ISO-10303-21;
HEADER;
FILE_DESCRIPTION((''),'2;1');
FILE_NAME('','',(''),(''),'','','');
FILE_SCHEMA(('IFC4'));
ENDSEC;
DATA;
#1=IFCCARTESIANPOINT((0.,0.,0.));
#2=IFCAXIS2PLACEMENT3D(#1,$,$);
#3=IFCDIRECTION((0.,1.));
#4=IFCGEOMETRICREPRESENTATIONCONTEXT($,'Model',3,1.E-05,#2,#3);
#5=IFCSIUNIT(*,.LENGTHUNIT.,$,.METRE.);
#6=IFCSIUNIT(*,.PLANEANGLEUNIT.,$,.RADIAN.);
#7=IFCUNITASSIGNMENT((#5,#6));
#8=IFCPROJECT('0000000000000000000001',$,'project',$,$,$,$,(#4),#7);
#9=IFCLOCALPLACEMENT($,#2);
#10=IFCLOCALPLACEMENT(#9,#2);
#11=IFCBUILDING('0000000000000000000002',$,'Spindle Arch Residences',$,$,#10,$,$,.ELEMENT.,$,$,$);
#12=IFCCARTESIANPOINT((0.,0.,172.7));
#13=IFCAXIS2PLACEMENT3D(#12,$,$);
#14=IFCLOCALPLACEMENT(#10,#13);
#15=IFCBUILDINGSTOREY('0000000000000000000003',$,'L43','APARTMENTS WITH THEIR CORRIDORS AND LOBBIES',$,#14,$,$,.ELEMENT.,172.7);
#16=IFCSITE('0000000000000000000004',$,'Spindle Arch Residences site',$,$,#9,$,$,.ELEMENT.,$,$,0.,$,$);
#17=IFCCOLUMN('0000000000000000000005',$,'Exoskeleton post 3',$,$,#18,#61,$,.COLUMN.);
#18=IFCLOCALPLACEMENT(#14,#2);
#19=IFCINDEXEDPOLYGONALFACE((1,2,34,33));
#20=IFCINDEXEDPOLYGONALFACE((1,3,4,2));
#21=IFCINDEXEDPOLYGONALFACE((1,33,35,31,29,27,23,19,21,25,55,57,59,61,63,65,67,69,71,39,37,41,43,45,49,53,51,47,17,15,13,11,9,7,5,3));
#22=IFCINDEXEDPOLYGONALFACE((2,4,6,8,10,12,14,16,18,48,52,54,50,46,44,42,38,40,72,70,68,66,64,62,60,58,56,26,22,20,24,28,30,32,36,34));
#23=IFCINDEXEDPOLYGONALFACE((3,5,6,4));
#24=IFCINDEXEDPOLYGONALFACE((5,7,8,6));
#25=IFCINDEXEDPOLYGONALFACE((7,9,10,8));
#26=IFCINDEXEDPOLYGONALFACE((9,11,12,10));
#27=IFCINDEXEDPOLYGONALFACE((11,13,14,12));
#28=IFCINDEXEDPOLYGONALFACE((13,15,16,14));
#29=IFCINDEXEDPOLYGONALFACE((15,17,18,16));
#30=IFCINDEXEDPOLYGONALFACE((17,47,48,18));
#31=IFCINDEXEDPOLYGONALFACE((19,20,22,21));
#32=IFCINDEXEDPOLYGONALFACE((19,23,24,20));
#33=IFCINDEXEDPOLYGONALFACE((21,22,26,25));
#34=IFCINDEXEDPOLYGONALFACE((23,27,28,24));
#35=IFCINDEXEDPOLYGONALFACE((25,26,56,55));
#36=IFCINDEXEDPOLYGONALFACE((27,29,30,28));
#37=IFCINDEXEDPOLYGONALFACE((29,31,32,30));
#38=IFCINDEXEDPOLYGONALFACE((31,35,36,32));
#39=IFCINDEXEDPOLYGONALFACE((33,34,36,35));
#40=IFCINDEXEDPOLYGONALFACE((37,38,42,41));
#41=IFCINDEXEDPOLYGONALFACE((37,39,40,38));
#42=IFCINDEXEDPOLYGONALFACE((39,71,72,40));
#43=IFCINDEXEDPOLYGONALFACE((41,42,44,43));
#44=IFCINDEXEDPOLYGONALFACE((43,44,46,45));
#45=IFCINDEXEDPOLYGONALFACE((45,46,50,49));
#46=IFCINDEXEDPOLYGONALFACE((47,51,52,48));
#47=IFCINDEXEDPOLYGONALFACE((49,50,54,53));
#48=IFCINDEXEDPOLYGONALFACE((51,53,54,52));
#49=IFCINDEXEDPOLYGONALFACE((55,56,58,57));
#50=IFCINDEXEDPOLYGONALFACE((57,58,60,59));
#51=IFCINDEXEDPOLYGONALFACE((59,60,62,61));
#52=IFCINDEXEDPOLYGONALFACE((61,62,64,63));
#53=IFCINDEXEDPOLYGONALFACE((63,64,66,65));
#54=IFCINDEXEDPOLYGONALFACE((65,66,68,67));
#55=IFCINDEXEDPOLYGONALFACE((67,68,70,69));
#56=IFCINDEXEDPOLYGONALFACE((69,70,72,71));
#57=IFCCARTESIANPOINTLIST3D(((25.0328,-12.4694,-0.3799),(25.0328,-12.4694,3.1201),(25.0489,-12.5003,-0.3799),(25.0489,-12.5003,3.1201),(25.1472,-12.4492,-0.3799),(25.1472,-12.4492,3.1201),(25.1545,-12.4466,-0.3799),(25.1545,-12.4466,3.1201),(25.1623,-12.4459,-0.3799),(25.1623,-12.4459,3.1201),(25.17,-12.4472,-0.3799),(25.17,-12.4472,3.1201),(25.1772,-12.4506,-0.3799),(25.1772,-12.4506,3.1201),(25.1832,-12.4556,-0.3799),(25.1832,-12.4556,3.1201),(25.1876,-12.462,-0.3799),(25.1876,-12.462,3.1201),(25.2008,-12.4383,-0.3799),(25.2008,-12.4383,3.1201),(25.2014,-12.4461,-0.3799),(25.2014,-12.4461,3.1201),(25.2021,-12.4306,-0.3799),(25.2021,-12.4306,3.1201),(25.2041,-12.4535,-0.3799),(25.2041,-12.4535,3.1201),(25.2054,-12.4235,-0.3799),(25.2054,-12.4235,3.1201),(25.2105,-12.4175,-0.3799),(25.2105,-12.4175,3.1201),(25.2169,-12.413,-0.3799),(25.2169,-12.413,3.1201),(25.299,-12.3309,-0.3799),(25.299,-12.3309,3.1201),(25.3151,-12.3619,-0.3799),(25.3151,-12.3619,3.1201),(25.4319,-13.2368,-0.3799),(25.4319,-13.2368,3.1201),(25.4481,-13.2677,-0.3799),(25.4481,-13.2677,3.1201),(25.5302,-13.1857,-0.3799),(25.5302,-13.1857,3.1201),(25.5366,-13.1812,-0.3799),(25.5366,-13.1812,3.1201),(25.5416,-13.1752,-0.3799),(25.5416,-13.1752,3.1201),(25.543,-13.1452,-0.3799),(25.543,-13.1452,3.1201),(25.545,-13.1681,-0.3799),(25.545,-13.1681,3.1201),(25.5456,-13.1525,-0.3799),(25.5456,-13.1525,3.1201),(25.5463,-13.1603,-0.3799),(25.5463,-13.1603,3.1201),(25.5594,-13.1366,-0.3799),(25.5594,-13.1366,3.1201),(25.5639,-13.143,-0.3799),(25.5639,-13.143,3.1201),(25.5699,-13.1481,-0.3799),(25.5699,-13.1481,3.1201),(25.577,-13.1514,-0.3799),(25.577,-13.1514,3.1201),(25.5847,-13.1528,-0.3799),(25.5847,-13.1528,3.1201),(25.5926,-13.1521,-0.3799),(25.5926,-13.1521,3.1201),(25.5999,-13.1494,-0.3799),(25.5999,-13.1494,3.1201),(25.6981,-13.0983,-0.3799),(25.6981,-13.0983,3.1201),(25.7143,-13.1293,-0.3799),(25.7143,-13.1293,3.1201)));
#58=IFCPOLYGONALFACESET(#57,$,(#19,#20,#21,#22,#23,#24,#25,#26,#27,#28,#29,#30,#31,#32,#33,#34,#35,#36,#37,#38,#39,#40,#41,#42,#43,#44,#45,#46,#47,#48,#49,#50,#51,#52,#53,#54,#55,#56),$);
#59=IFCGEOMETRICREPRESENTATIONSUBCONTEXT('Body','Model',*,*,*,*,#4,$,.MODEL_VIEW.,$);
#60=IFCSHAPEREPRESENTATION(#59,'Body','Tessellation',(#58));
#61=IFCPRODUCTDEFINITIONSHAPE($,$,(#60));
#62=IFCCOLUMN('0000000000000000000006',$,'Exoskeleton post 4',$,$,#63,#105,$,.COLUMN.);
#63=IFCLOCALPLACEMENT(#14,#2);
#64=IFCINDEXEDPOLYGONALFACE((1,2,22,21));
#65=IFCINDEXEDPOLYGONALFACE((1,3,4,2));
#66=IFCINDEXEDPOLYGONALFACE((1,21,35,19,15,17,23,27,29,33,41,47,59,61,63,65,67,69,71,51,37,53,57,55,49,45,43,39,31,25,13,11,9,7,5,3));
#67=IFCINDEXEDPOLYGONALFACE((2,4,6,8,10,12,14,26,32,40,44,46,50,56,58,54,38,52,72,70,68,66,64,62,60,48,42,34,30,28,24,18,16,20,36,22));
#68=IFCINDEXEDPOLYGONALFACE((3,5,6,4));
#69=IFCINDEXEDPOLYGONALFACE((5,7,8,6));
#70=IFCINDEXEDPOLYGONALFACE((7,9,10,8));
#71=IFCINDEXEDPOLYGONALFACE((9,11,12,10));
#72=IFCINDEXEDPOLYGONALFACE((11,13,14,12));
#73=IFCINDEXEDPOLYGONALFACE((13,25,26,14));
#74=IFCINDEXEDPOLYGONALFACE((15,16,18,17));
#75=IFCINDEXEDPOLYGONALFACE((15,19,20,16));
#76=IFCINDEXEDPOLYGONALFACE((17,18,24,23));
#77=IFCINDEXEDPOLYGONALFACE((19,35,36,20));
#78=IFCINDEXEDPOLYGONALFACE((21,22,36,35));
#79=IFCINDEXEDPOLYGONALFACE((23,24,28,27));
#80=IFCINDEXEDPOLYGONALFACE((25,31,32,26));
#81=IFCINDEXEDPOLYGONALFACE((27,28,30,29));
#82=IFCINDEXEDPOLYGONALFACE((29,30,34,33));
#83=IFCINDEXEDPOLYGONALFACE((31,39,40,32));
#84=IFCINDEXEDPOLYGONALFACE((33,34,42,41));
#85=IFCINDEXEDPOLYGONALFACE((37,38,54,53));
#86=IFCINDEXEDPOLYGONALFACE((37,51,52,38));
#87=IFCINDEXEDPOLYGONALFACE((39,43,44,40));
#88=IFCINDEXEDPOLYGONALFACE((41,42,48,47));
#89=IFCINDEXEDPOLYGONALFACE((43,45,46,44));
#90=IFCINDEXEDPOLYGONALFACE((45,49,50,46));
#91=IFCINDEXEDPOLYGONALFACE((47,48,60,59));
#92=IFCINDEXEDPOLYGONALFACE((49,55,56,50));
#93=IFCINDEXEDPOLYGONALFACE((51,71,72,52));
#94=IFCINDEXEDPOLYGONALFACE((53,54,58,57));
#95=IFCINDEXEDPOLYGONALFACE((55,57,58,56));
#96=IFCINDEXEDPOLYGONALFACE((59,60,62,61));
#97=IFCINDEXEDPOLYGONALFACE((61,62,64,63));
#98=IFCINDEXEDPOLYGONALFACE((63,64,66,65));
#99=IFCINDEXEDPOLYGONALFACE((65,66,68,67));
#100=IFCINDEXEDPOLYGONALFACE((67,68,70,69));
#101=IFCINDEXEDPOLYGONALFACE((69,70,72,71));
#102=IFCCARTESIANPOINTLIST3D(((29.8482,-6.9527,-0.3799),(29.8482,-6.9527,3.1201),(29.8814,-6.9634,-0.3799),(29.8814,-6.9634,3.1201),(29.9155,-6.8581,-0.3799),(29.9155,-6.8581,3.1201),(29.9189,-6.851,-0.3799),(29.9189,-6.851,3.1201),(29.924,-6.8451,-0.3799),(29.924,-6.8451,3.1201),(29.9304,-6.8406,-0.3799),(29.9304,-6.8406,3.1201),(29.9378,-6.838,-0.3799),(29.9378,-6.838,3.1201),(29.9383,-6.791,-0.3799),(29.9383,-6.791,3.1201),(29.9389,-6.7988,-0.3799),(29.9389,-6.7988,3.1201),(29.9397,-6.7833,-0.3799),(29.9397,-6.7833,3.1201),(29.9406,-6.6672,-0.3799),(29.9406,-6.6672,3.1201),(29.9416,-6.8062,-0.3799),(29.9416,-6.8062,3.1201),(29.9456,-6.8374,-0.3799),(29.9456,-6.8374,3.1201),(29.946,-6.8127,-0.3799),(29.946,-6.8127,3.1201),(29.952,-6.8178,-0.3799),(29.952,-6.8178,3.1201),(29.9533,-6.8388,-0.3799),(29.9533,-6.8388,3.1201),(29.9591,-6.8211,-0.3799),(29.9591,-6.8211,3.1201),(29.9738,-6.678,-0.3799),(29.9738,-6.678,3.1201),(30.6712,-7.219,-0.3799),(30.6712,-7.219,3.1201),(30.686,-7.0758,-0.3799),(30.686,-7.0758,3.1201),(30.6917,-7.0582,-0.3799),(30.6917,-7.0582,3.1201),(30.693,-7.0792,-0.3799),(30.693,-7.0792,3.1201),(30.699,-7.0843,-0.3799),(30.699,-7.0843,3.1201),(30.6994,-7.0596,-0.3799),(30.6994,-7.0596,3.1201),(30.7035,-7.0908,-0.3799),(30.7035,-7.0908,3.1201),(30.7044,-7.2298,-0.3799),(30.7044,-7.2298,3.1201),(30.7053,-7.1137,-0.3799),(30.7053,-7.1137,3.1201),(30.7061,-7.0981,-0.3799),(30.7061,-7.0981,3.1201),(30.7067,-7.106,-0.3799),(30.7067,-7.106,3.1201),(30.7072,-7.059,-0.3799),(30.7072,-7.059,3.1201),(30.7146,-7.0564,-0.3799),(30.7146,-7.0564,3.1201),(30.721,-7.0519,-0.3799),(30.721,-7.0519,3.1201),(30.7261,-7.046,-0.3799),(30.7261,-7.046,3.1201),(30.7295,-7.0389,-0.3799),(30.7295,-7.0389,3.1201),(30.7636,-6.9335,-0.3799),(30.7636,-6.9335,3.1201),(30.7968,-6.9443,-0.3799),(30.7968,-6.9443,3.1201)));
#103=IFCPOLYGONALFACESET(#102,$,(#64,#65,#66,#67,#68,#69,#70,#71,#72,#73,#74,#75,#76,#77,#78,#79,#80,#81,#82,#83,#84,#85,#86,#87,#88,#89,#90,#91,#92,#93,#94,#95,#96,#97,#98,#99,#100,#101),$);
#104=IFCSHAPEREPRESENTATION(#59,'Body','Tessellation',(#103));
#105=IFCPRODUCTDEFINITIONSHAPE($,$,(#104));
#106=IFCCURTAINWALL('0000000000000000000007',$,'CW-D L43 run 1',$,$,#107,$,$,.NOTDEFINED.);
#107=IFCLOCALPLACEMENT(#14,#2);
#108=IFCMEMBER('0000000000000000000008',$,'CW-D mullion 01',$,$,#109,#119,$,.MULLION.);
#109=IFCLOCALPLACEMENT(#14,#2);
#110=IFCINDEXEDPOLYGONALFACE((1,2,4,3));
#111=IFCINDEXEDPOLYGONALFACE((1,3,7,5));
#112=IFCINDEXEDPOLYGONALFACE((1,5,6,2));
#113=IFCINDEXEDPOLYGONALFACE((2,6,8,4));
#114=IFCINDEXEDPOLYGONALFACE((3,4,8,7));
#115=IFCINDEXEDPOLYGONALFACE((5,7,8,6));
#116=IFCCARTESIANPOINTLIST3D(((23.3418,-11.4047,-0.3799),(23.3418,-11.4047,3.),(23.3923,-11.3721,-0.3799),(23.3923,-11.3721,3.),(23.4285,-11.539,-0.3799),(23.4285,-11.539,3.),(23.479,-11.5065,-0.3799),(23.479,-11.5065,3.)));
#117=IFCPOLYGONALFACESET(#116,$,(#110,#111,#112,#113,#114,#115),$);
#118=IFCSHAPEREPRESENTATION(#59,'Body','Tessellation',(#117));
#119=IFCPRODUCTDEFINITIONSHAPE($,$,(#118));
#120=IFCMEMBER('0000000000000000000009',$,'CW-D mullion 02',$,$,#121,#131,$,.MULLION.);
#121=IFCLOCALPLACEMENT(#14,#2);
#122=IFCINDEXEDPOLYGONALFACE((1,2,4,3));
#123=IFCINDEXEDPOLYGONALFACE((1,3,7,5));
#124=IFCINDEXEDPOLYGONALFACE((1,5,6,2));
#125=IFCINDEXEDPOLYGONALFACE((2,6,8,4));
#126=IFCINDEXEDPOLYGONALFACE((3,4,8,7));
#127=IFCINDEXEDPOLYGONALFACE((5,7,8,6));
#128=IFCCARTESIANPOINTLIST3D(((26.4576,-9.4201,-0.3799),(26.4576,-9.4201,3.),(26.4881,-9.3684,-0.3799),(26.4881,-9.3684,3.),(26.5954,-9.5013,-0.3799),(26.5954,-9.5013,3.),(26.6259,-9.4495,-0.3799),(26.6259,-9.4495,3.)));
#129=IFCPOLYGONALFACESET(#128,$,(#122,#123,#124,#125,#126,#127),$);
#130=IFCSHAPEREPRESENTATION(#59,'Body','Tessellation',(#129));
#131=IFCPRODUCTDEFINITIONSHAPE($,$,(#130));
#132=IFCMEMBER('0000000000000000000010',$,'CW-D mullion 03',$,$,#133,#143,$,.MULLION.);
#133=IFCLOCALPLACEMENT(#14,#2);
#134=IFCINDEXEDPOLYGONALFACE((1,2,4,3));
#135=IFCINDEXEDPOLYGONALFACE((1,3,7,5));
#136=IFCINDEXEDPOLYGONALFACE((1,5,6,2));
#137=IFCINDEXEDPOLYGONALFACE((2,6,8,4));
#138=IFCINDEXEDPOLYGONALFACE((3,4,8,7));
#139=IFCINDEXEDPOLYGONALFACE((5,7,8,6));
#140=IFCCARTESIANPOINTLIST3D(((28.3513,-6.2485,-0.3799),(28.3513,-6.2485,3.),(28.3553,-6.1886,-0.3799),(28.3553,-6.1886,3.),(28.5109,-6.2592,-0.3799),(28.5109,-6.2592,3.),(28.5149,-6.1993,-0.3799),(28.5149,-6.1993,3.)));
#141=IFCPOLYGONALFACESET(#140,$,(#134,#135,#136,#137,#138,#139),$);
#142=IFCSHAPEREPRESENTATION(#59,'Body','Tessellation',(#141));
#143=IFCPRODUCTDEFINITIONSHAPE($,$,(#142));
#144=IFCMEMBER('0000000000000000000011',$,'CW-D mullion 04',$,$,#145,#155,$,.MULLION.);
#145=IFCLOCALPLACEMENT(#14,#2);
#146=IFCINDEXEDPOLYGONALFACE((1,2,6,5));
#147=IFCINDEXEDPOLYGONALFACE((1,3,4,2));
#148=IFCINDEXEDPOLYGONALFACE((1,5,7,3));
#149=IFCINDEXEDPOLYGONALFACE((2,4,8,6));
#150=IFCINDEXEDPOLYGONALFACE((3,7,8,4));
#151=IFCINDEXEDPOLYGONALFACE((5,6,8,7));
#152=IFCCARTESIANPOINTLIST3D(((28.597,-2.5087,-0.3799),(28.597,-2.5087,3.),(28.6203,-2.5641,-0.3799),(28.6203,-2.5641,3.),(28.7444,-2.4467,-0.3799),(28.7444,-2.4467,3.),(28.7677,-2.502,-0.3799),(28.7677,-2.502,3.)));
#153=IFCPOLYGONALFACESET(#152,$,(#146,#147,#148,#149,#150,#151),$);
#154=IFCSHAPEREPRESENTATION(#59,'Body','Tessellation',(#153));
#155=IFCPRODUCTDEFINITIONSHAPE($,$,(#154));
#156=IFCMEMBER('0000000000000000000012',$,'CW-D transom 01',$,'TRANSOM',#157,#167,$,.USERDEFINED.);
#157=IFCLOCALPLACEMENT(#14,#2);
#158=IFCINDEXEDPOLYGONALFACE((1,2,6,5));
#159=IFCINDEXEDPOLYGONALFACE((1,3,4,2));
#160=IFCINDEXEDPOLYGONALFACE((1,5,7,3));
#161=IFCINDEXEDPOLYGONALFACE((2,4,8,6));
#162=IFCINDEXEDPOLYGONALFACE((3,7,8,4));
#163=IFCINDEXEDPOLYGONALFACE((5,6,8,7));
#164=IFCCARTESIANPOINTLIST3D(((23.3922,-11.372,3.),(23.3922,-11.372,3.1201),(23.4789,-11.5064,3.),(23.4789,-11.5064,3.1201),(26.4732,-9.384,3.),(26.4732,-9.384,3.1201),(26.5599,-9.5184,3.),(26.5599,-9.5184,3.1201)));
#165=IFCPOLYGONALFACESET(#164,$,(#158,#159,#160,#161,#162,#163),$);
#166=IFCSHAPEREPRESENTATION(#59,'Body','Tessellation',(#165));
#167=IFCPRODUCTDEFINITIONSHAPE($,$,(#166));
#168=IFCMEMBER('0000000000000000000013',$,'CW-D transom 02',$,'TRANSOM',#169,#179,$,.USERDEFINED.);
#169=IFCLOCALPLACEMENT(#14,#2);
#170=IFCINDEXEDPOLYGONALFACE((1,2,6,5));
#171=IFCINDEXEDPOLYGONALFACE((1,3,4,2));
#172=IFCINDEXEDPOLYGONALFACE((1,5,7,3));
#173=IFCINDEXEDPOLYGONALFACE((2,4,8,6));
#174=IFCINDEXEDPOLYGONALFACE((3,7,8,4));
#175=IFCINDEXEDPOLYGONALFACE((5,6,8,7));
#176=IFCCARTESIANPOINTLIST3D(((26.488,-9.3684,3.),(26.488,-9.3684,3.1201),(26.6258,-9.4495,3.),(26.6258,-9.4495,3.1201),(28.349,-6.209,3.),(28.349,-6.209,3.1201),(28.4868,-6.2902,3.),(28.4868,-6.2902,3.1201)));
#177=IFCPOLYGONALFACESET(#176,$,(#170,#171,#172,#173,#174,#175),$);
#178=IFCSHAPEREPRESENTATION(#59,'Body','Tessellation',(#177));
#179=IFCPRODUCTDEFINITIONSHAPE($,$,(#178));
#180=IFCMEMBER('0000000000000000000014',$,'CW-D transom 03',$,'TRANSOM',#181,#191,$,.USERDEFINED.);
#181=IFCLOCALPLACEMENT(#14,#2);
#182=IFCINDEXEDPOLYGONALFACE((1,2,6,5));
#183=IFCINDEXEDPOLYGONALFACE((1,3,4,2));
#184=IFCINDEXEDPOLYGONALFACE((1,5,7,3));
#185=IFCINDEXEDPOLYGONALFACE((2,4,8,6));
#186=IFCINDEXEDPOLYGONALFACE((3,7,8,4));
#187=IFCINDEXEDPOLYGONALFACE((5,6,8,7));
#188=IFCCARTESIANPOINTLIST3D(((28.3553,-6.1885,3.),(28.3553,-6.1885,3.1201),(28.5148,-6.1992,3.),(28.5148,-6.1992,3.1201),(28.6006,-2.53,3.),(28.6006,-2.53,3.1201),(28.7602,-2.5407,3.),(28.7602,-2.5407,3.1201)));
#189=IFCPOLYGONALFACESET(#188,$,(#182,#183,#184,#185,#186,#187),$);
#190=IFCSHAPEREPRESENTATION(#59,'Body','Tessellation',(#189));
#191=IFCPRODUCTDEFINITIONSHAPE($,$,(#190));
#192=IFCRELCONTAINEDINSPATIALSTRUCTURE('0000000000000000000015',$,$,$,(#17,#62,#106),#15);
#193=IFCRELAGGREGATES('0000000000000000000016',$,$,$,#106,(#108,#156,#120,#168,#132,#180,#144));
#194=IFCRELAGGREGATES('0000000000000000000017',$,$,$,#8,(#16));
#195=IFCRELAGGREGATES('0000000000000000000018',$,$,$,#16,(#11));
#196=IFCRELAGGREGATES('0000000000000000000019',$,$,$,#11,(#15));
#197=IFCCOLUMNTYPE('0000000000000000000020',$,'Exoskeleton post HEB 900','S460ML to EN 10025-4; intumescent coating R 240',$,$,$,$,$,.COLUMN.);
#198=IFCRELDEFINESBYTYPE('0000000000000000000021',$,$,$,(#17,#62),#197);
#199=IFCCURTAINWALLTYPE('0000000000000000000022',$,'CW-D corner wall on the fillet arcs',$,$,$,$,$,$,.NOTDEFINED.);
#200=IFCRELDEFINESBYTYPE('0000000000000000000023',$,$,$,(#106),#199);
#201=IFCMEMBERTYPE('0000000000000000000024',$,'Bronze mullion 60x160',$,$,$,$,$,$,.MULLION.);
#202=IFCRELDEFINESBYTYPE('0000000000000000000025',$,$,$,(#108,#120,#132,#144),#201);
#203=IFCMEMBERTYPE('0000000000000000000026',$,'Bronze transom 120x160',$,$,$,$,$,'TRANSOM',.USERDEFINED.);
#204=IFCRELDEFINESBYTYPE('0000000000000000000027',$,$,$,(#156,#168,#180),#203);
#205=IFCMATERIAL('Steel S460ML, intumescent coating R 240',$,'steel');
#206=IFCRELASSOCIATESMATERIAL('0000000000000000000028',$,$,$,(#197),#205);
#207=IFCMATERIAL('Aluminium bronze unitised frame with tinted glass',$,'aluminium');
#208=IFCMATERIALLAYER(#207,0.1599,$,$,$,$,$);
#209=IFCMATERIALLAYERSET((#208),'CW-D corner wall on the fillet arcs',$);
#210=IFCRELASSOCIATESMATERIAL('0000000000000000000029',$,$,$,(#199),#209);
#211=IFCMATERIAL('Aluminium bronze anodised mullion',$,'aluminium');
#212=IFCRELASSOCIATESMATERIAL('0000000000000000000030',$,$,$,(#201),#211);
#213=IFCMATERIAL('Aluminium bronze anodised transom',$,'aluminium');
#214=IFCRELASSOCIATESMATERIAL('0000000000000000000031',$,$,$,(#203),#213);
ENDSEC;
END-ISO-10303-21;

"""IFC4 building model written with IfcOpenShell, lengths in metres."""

from ifc_helpers import new_model, si_unit, direction, frame, origin, origin_2d, place, context, subcontext, project, spatial, rectangle, i_section, extrude, material, layer, layer_set, material_profile, profile_set, type_object, element, aggregate, save


model = new_model("IFC4")

# Units and contexts
model_context = context("Model", 3, precision=1e-05, world=origin(), true_north=direction((0.0, 1.0)))
body_context = subcontext(model_context, "Body", "Model", "MODEL_VIEW")
ifc_project = project(units=[si_unit("LENGTHUNIT", "METRE"), si_unit("PLANEANGLEUNIT", "RADIAN")], contexts=[model_context])

# Site, building, storey
site_placement = place(None, origin())
site = spatial("IfcSite", under=ifc_project, at=site_placement, Name="Spindle Arch Residences site", CompositionType="ELEMENT", RefElevation=0.0)
building_placement = place(site_placement, origin())
building = spatial("IfcBuilding", under=site, at=building_placement, Name="Spindle Arch Residences", CompositionType="ELEMENT")
storey_placement = place(building_placement, frame((0.0, 0.0, 172.7)))
storey = spatial("IfcBuildingStorey", under=building, at=storey_placement, Name="L43", Description="APARTMENTS WITH THEIR CORRIDORS AND LOBBIES", CompositionType="ELEMENT", Elevation=172.7)

# Columns
ifc_material_1 = material(Name="Steel S460ML, intumescent coating R 240", Category="steel")
ifc_material_profile_1 = material_profile(ifc_material_1, i_section(OverallWidth=0.3, OverallDepth=0.8999, WebThickness=0.0186, FlangeThickness=0.0349, FilletRadius=0.03, at=origin_2d()), Name="HEB 900")
ifc_profile_set_1 = profile_set([ifc_material_profile_1], Name="Steel S460ML, intumescent coating R 240")
column_type = type_object("IfcColumnType", Name="Exoskeleton post HEB 900", Description="S460ML to EN 10025-4; intumescent coating R 240", PredefinedType="COLUMN", material=ifc_profile_set_1)
for number, where, z_axis, x_axis, name in (
    (1, (25.3735, -12.7993, -0.3799), (0.0, 0.0, 1.0), (-0.887176, -0.46143, 0.0), "Exoskeleton post 3"),
    (2, (30.3225, -6.9485, -0.3799), (0.0, 0.0, 1.0), (-0.30788, -0.951425, 0.0), "Exoskeleton post 4"),
):
    element("IfcColumn", number, at=place(storey_placement, frame(where, z_axis=z_axis, x_axis=x_axis)), inside=storey, type_object=column_type, Name=name, PredefinedType="COLUMN", context=body_context, shape_type="SweptSolid", body=[
        extrude(i_section(OverallWidth=0.3, OverallDepth=0.8999, WebThickness=0.0186, FlangeThickness=0.0349, FilletRadius=0.03, at=origin_2d()), origin(), (0.0, 0.0, 1.0), 3.5),
    ])

# Curtain wall, members
ifc_material_2 = material(Name="Aluminium bronze unitised frame with tinted glass", Category="aluminium")
ifc_layer_1 = layer(ifc_material_2, 0.1599)
ifc_layer_set_1 = layer_set([ifc_layer_1], Name="CW-D corner wall on the fillet arcs")
curtain_wall_type = type_object("IfcCurtainWallType", Name="CW-D corner wall on the fillet arcs", PredefinedType="NOTDEFINED", material=ifc_layer_set_1)
curtain_wall_placement = place(storey_placement, origin())
curtain_wall = element("IfcCurtainWall", 3, at=curtain_wall_placement, inside=storey, type_object=curtain_wall_type, Name="CW-D L43 run 1", PredefinedType="NOTDEFINED")
ifc_material_3 = material(Name="Aluminium bronze anodised mullion", Category="aluminium")
ifc_material_profile_2 = material_profile(ifc_material_3, rectangle(XDim=0.1599, YDim=0.0601, at=origin_2d()), Name="MU 60x160")
ifc_profile_set_2 = profile_set([ifc_material_profile_2], Name="Aluminium bronze anodised mullion")
member_type_1 = type_object("IfcMemberType", Name="Bronze mullion 60x160", PredefinedType="MULLION", material=ifc_profile_set_2)
member_1_placement = place(storey_placement, frame((23.4104, -11.4556, -0.3799), z_axis=(0.0, 0.0, 1.0), x_axis=(-0.542197, 0.840251, 0.0)))
member_1 = element("IfcMember", 4, at=member_1_placement, type_object=member_type_1, Name="CW-D mullion 01", PredefinedType="MULLION", context=body_context, shape_type="SweptSolid", body=[
    extrude(rectangle(XDim=0.1599, YDim=0.0601, at=origin_2d()), origin(), (0.0, 0.0, 1.0), 3.3799),
])
member_2_placement = place(storey_placement, frame((26.5417, -9.4348, -0.3799), z_axis=(0.0, 0.0, 1.0), x_axis=(-0.861629, 0.507538, 0.0)))
member_2 = element("IfcMember", 5, at=member_2_placement, type_object=member_type_1, Name="CW-D mullion 02", PredefinedType="MULLION", context=body_context, shape_type="SweptSolid", body=[
    extrude(rectangle(XDim=0.1599, YDim=0.0601, at=origin_2d()), origin(), (0.0, 0.0, 1.0), 3.3799),
])
member_3_placement = place(storey_placement, frame((28.4331, -6.2239, -0.3799), z_axis=(0.0, 0.0, 1.0), x_axis=(-0.997763, 0.066854, 0.0)))
member_3 = element("IfcMember", 6, at=member_3_placement, type_object=member_type_1, Name="CW-D mullion 03", PredefinedType="MULLION", context=body_context, shape_type="SweptSolid", body=[
    extrude(rectangle(XDim=0.1599, YDim=0.0601, at=origin_2d()), origin(), (0.0, 0.0, 1.0), 3.3799),
])
member_4_placement = place(storey_placement, frame((28.6824, -2.5054, -0.3799), z_axis=(0.0, 0.0, 1.0), x_axis=(-0.921638, -0.388052, 0.0)))
member_4 = element("IfcMember", 7, at=member_4_placement, type_object=member_type_1, Name="CW-D mullion 04", PredefinedType="MULLION", context=body_context, shape_type="SweptSolid", body=[
    extrude(rectangle(XDim=0.1599, YDim=0.0601, at=origin_2d()), origin(), (0.0, 0.0, 1.0), 3.3799),
])
ifc_material_4 = material(Name="Aluminium bronze anodised transom", Category="aluminium")
ifc_material_profile_3 = material_profile(ifc_material_4, rectangle(XDim=0.1599, YDim=0.1201, at=origin_2d()), Name="TR 120x160")
ifc_profile_set_3 = profile_set([ifc_material_profile_3], Name="Aluminium bronze anodised transom")
member_type_2 = type_object("IfcMemberType", Name="Bronze transom 120x160", ElementType="TRANSOM", PredefinedType="USERDEFINED", material=ifc_profile_set_3)
member_5_placement = place(storey_placement, frame((23.4355, -11.4392, 3.0601), z_axis=(0.840264, 0.542177, 0.0), x_axis=(-0.542177, 0.840264, 0.0)))
member_5 = element("IfcMember", 8, at=member_5_placement, type_object=member_type_2, Name="CW-D transom 01", ObjectType="TRANSOM", PredefinedType="USERDEFINED", context=body_context, shape_type="SweptSolid", body=[
    extrude(rectangle(XDim=0.1599, YDim=0.1201, at=origin_2d()), origin(), (0.0, 0.0, 1.0), 3.6667),
])
member_6_placement = place(storey_placement, frame((26.5569, -9.4089, 3.0601), z_axis=(0.507547, 0.861624, 0.0), x_axis=(-0.861624, 0.507547, 0.0)))
member_6 = element("IfcMember", 9, at=member_6_placement, type_object=member_type_2, Name="CW-D transom 02", ObjectType="TRANSOM", PredefinedType="USERDEFINED", context=body_context, shape_type="SweptSolid", body=[
    extrude(rectangle(XDim=0.1599, YDim=0.1201, at=origin_2d()), origin(), (0.0, 0.0, 1.0), 3.6667),
])
member_7_placement = place(storey_placement, frame((28.4351, -6.1938, 3.0601), z_axis=(0.066917, 0.997759, 0.0), x_axis=(-0.997759, 0.066917, 0.0)))
member_7 = element("IfcMember", 10, at=member_7_placement, type_object=member_type_2, Name="CW-D transom 03", ObjectType="TRANSOM", PredefinedType="USERDEFINED", context=body_context, shape_type="SweptSolid", body=[
    extrude(rectangle(XDim=0.1599, YDim=0.1201, at=origin_2d()), origin(), (0.0, 0.0, 1.0), 3.6667),
])

aggregate(curtain_wall, [member_1, member_5, member_2, member_6, member_3, member_7, member_4])

save(model, "model.ifc")
